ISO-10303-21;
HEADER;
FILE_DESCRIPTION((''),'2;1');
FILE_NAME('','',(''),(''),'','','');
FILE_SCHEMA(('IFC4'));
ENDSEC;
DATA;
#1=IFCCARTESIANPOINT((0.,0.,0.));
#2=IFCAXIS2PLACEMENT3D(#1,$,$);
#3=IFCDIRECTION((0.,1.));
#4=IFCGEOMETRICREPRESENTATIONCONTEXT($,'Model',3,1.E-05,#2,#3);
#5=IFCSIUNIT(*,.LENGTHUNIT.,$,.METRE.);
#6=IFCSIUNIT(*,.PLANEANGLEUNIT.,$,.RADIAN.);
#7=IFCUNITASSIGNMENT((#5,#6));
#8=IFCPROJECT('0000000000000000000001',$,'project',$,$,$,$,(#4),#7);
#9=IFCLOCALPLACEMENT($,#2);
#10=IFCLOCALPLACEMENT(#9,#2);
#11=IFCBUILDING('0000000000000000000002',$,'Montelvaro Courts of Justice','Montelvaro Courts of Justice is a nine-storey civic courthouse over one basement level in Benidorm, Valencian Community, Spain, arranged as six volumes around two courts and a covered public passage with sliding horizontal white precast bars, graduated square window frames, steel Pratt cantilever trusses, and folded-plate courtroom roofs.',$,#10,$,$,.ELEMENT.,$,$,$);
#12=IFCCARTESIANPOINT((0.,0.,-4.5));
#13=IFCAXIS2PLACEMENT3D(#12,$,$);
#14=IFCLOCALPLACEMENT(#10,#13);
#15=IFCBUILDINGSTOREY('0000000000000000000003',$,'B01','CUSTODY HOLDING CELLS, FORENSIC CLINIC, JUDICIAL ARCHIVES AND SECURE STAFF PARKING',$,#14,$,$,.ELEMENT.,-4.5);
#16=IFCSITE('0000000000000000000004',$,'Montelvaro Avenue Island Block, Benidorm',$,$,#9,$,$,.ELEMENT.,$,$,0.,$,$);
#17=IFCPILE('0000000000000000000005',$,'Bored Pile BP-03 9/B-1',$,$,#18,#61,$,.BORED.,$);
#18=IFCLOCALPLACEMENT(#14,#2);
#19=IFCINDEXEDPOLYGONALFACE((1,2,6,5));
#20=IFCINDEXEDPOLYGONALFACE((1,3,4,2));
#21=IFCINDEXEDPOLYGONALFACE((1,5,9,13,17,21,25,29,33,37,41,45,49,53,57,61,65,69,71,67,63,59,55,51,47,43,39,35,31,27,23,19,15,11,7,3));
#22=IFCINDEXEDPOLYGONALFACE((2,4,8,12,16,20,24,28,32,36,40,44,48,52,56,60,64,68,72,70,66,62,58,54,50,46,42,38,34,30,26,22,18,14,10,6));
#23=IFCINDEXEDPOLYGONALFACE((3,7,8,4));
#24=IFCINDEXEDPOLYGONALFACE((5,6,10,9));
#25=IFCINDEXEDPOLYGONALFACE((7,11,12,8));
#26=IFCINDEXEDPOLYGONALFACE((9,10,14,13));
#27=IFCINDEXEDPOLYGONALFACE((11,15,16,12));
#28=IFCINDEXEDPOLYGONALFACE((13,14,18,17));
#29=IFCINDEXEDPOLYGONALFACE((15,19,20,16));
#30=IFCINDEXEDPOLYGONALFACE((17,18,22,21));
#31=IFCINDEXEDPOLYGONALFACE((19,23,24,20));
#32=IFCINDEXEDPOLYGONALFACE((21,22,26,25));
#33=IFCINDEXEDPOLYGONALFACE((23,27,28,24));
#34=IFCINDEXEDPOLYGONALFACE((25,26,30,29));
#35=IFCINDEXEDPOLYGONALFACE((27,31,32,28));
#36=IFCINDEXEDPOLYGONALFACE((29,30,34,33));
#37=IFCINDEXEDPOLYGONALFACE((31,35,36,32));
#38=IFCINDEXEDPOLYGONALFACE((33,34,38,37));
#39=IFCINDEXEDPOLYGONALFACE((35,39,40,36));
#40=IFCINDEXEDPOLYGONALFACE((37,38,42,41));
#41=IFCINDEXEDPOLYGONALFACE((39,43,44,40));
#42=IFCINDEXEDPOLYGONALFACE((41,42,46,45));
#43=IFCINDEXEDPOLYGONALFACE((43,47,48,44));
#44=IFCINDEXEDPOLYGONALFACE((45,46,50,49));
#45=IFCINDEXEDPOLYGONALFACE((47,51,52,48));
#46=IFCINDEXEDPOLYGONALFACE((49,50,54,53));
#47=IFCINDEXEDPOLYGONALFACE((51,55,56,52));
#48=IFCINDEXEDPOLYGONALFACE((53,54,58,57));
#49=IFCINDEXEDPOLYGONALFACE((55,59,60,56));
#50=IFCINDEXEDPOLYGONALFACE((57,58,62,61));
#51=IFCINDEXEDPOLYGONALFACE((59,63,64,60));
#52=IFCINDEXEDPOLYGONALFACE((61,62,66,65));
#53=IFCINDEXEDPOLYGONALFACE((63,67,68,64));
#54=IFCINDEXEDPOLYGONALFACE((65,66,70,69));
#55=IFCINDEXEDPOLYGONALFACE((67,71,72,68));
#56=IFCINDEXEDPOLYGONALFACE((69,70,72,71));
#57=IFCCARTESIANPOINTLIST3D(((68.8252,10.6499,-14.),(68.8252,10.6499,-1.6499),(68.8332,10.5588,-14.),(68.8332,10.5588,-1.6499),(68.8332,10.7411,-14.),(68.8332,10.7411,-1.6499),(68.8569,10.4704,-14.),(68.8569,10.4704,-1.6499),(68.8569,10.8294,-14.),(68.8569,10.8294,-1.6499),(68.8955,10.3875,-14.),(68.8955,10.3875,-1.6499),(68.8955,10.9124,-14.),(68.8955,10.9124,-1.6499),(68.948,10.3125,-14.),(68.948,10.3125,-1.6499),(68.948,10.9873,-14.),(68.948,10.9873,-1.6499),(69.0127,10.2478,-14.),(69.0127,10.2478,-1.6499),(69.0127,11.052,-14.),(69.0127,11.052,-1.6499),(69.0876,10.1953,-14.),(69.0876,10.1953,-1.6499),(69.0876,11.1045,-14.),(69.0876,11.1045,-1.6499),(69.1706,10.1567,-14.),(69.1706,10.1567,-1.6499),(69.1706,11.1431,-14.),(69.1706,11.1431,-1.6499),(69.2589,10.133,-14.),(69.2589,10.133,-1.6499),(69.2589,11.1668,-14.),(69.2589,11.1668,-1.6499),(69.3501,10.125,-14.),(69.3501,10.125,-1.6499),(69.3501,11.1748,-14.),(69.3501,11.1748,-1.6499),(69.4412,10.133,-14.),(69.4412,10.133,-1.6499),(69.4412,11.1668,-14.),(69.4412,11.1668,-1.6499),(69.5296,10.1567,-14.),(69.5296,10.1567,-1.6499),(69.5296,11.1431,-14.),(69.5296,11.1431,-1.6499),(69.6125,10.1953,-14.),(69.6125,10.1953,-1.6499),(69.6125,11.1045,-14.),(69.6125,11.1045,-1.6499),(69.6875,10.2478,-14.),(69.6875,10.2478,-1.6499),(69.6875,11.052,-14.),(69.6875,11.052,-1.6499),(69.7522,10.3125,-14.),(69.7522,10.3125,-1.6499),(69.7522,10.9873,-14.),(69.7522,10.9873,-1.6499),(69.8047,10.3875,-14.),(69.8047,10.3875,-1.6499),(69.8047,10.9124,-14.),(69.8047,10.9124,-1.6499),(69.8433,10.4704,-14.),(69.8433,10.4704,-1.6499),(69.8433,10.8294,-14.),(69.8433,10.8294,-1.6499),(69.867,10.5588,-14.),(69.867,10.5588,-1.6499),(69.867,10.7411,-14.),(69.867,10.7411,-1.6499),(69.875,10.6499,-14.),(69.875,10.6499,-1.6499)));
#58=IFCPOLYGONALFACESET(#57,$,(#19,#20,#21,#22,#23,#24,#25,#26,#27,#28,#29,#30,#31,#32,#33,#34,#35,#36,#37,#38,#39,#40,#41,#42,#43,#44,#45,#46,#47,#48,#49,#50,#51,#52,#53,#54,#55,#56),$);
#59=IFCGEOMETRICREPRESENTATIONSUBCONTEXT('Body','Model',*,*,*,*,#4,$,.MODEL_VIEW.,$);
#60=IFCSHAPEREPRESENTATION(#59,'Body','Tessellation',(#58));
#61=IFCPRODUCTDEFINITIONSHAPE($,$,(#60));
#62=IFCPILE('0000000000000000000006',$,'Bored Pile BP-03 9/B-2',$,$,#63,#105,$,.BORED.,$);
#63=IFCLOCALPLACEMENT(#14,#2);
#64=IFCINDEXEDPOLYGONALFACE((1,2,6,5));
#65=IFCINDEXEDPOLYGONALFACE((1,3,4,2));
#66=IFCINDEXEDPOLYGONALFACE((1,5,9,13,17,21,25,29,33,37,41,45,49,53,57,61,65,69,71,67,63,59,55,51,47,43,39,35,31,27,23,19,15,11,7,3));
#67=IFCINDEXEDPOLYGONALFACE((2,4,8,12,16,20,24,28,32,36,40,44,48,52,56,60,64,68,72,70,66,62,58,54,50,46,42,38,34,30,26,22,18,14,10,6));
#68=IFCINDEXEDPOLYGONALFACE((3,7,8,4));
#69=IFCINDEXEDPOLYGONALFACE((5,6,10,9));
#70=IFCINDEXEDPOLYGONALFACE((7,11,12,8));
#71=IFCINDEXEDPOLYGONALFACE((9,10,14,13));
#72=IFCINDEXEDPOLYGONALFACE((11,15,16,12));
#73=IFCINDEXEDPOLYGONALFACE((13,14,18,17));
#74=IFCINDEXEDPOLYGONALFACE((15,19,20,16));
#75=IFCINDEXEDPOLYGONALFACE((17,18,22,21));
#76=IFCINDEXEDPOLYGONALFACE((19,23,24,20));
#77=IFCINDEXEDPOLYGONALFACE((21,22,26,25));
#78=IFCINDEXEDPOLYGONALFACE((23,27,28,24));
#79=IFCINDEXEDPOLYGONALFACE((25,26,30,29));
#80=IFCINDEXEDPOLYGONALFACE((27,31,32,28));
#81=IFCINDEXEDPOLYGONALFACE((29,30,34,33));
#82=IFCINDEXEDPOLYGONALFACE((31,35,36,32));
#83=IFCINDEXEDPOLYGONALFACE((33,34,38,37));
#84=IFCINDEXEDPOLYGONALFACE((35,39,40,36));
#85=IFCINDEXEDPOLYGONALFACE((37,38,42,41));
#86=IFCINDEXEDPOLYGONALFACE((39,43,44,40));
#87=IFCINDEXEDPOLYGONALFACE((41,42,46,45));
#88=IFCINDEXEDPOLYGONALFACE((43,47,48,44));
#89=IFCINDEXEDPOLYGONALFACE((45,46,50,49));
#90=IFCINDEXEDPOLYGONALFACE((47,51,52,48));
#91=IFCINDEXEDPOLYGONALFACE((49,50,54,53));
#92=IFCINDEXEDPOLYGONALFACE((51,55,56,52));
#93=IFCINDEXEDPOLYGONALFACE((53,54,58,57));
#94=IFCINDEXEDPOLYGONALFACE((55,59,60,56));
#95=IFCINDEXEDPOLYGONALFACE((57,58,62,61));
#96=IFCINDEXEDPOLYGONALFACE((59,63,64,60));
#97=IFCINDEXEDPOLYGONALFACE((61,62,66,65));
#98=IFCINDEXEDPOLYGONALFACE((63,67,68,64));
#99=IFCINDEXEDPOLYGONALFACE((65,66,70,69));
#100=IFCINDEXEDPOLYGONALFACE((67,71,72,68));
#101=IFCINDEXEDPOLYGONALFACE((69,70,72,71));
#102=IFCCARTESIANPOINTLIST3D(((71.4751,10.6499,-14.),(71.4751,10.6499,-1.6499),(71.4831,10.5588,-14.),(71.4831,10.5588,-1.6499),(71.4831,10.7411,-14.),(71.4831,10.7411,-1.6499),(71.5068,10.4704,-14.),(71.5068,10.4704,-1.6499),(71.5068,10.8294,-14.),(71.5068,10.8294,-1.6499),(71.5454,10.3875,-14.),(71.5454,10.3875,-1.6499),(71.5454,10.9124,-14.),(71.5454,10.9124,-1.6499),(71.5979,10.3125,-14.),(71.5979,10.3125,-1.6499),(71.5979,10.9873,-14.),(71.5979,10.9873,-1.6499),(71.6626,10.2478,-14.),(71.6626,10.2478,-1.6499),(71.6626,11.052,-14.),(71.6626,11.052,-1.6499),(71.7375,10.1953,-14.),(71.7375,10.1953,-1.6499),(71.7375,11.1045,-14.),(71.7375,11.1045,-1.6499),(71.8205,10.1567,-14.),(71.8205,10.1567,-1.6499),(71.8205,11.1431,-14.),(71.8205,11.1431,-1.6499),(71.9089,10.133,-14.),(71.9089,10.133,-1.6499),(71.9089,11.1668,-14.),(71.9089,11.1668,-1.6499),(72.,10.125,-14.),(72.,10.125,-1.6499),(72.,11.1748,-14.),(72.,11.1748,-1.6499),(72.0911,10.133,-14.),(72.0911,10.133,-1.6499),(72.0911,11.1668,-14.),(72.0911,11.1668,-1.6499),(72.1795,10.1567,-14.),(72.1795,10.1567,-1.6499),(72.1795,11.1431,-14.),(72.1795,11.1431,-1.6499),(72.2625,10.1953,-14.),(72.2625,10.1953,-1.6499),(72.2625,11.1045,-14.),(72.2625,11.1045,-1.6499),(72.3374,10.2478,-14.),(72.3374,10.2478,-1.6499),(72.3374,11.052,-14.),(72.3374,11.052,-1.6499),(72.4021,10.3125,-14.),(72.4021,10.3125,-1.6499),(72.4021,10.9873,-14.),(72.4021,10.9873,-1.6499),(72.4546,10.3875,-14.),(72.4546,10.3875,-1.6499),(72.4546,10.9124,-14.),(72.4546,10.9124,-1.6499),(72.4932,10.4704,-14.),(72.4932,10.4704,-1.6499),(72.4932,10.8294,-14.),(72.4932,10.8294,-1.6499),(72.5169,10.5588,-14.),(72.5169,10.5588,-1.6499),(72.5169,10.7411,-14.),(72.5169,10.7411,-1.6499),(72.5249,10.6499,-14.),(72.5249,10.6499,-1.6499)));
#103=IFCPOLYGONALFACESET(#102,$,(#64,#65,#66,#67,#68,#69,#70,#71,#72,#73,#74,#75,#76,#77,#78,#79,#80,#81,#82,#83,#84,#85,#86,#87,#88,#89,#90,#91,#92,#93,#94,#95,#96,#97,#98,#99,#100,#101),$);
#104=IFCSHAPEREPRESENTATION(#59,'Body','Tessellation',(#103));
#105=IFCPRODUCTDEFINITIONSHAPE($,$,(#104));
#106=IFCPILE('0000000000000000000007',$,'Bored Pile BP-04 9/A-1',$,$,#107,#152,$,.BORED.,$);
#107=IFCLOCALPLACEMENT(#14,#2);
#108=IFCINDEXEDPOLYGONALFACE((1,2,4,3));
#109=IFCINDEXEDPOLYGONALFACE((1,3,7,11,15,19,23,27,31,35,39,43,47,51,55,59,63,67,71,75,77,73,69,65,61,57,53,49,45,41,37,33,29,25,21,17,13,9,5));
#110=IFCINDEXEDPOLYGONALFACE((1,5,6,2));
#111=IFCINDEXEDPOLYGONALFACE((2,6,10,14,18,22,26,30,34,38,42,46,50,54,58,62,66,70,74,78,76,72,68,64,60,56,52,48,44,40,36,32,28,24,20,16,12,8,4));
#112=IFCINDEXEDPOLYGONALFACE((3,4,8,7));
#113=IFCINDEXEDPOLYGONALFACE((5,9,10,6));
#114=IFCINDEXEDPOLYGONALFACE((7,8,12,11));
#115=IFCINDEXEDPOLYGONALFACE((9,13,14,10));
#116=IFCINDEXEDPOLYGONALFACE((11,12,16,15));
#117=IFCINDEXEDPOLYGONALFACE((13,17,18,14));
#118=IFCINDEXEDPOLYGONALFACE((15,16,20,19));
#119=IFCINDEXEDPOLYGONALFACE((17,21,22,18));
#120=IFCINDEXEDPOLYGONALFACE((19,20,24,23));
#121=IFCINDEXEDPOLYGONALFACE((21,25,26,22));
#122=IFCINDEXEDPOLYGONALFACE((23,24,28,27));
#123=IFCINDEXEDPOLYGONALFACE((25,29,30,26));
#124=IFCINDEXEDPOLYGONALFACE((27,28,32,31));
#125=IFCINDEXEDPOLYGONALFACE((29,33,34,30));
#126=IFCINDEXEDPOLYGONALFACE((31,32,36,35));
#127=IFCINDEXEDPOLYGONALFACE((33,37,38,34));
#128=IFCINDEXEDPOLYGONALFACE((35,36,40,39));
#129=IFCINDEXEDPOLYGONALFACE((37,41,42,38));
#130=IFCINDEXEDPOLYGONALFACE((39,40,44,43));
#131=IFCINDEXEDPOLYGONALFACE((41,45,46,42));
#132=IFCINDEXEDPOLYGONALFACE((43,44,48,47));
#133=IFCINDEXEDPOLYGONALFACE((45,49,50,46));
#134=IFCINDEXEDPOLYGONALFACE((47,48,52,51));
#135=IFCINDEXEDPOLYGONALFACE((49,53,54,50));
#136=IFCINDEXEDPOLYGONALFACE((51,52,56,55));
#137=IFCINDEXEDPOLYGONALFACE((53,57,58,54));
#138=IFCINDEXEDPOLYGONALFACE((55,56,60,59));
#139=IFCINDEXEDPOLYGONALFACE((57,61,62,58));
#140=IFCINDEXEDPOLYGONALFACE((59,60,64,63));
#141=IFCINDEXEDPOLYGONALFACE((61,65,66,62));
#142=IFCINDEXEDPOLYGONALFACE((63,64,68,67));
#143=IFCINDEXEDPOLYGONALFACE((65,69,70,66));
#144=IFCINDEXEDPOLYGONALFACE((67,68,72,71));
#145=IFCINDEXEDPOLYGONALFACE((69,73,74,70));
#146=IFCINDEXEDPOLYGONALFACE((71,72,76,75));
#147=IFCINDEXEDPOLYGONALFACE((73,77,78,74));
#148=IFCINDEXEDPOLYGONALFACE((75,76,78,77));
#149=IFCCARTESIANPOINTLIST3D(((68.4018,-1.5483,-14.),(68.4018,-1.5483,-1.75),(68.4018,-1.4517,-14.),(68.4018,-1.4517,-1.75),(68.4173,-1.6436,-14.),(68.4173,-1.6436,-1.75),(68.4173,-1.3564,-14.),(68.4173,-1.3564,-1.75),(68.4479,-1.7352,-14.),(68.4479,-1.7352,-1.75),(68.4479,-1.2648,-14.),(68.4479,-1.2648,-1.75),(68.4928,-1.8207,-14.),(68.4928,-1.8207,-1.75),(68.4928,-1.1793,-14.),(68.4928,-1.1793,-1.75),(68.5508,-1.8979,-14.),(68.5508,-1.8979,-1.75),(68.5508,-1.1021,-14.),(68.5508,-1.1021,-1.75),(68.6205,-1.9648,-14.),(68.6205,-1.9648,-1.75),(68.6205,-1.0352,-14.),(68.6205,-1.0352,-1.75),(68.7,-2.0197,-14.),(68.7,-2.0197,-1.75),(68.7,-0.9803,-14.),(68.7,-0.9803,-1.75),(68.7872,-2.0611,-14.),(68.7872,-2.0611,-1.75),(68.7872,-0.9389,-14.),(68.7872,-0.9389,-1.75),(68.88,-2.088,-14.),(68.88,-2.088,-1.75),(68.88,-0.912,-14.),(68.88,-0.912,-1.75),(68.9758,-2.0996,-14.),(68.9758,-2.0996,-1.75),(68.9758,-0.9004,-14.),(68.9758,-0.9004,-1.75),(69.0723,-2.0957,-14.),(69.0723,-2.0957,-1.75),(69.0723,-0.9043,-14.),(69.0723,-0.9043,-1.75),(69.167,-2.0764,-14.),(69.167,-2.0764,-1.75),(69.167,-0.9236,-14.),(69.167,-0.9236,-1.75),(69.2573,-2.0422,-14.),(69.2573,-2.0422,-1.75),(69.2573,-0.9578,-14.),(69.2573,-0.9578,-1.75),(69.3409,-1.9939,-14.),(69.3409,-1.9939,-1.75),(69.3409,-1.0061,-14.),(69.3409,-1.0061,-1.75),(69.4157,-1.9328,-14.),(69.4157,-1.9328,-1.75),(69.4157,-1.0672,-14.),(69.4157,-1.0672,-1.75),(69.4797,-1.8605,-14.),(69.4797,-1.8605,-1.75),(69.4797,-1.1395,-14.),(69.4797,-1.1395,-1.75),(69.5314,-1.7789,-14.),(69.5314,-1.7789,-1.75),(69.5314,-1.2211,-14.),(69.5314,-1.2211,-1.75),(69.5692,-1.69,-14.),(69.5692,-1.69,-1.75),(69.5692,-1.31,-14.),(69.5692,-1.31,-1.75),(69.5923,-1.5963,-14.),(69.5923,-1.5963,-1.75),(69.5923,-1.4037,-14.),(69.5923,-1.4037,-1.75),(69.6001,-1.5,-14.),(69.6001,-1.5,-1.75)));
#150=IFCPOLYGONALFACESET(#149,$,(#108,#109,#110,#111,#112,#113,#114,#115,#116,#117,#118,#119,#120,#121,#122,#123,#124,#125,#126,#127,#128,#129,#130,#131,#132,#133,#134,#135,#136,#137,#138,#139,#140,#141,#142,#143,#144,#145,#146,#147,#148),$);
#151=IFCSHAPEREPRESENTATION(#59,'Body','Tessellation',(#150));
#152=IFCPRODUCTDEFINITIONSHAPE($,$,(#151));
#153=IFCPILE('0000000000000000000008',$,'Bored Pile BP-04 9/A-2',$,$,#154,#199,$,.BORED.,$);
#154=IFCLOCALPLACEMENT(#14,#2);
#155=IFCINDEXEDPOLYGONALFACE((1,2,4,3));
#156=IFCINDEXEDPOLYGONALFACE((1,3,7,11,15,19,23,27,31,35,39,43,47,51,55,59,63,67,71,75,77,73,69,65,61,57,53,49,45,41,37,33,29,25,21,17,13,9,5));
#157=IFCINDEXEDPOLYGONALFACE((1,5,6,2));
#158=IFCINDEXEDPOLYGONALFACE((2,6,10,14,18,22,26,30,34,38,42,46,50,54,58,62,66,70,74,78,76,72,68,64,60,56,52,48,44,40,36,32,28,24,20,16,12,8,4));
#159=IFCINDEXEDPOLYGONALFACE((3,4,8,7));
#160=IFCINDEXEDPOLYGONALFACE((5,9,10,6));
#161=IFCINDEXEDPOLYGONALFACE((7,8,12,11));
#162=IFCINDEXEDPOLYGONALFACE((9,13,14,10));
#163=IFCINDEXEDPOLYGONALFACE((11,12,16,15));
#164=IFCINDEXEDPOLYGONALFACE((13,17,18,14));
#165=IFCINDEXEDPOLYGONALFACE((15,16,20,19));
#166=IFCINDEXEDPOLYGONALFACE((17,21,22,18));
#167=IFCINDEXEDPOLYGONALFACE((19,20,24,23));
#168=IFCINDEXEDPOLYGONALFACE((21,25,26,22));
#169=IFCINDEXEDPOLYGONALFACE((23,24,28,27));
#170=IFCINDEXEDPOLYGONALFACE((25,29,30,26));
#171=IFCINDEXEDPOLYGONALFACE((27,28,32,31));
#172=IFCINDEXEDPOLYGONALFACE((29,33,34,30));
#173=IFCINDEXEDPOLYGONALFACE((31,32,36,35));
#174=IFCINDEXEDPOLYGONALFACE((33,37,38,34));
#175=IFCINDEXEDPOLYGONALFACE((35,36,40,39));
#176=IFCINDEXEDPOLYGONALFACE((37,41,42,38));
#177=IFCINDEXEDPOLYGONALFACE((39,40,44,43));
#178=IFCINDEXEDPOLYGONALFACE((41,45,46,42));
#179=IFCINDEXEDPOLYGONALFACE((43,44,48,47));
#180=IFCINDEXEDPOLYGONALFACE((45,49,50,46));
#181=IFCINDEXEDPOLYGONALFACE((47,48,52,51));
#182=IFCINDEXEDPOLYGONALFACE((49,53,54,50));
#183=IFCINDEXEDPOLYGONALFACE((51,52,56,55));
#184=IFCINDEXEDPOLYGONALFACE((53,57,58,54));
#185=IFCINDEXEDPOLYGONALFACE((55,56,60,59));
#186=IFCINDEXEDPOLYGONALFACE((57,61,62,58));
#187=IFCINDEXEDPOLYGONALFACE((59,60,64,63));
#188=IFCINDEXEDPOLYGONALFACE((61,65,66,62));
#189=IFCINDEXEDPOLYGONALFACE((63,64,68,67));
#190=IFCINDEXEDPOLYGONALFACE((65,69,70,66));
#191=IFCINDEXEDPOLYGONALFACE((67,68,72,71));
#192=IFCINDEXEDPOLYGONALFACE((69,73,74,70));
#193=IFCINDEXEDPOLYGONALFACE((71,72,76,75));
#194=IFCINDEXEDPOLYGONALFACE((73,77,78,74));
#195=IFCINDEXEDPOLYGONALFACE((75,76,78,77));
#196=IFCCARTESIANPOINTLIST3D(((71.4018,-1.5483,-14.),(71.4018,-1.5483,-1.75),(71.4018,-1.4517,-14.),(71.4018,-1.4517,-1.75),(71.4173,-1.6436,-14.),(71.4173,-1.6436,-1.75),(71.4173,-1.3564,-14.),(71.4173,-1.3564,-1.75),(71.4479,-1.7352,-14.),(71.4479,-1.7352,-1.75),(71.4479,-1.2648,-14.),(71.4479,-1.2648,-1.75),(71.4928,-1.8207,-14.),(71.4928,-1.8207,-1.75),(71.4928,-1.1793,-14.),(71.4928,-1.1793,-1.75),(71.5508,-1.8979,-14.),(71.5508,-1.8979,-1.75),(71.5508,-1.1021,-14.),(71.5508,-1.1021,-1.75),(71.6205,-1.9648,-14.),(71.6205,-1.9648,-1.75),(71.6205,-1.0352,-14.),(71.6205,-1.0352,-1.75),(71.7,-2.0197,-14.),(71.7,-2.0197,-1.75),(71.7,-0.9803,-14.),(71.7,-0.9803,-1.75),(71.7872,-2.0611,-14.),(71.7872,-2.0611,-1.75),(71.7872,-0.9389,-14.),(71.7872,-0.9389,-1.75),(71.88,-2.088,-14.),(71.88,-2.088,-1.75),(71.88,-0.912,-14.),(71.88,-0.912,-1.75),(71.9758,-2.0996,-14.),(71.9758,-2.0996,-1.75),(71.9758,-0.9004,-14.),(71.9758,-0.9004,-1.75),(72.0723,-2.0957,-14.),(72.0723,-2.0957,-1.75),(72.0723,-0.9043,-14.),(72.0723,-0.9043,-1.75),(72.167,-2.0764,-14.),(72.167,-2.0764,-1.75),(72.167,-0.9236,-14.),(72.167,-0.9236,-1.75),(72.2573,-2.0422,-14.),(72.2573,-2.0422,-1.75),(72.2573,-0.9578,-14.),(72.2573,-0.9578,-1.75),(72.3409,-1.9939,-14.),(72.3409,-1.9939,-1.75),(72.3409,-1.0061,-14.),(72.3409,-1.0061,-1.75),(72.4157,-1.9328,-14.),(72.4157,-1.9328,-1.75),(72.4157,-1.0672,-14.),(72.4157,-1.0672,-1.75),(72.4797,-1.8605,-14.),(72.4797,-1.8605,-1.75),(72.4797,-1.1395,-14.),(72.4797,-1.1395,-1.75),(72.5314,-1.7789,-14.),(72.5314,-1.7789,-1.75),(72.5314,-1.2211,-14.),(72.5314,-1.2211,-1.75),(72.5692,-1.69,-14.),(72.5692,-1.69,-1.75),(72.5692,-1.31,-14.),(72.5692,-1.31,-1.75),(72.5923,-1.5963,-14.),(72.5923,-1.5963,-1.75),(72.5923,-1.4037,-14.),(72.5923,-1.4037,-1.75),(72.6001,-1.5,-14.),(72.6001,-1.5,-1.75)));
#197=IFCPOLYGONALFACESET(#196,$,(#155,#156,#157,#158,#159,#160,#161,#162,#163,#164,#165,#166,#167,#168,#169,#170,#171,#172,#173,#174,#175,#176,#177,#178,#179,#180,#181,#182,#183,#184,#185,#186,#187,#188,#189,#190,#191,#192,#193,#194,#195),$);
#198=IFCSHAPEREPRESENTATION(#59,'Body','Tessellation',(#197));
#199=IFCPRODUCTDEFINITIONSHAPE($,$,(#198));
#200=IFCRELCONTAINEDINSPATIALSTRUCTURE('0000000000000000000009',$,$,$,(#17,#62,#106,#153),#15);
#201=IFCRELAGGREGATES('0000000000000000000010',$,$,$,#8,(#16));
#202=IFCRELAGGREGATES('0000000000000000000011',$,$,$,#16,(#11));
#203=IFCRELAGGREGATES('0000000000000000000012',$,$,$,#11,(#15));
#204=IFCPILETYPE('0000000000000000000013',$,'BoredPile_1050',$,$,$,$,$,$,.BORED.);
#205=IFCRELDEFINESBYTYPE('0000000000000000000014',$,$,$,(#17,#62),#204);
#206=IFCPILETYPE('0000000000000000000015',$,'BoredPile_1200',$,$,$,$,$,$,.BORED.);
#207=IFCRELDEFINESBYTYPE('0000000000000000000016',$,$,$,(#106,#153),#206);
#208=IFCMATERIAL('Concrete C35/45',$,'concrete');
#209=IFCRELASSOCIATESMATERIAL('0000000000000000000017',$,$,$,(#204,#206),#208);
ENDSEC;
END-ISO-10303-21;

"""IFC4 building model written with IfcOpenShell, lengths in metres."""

from ifc_helpers import new_model, si_unit, direction, frame, origin, origin_2d, place, context, subcontext, project, spatial, circle, extrude, material, material_profile, profile_set, type_object, element, save


model = new_model("IFC4")

# Units and contexts
model_context = context("Model", 3, precision=1e-05, world=origin(), true_north=direction((0.0, 1.0)))
body_context = subcontext(model_context, "Body", "Model", "MODEL_VIEW")
ifc_project = project(units=[si_unit("LENGTHUNIT", "METRE"), si_unit("PLANEANGLEUNIT", "RADIAN")], contexts=[model_context])

# Site, building, storey
site_placement = place(None, origin())
site = spatial("IfcSite", under=ifc_project, at=site_placement, Name="Montelvaro Avenue Island Block, Benidorm", CompositionType="ELEMENT", RefElevation=0.0)
building_placement = place(site_placement, origin())
building = spatial("IfcBuilding", under=site, at=building_placement, Name="Montelvaro Courts of Justice", Description="Montelvaro Courts of Justice is a nine-storey civic courthouse over one basement level in Benidorm, Valencian Community, Spain, arranged as six volumes around two courts and a covered public passage with sliding horizontal white precast bars, graduated square window frames, steel Pratt cantilever trusses, and folded-plate courtroom roofs.", CompositionType="ELEMENT")
storey_placement = place(building_placement, frame((0.0, 0.0, -4.5)))
storey = spatial("IfcBuildingStorey", under=building, at=storey_placement, Name="B01", Description="CUSTODY HOLDING CELLS, FORENSIC CLINIC, JUDICIAL ARCHIVES AND SECURE STAFF PARKING", CompositionType="ELEMENT", Elevation=-4.5)

# Piles
ifc_material_1 = material(Name="Concrete C35/45", Category="concrete")
ifc_material_profile_1 = material_profile(ifc_material_1, circle(Radius=0.5249, at=origin_2d()), Name="BORED PILE D1050")
ifc_profile_set_1 = profile_set([ifc_material_profile_1], Name="Concrete C35/45")
pile_type_1 = type_object("IfcPileType", Name="BoredPile_1050", PredefinedType="BORED", material=ifc_profile_set_1)
for number, where, z_axis, x_axis, name in (
    (1, (69.3501, 10.6499, -1.6499), (0.0, 0.0, -1.0), (1.0, 0.0, 0.0), "Bored Pile BP-03 9/B-1"),
    (2, (72.0, 10.6499, -1.6499), (0.0, 0.0, -1.0), (1.0, 0.0, 0.0), "Bored Pile BP-03 9/B-2"),
):
    element("IfcPile", number, at=place(storey_placement, frame(where, z_axis=z_axis, x_axis=x_axis)), inside=storey, type_object=pile_type_1, Name=name, PredefinedType="BORED", context=body_context, shape_type="SweptSolid", body=[
        extrude(circle(Radius=0.5249, at=origin_2d()), origin(), (0.0, 0.0, 1.0), 12.3501),
    ])
ifc_material_profile_2 = material_profile(ifc_material_1, circle(Radius=0.6001, at=origin_2d()), Name="BORED PILE D1200")
ifc_profile_set_2 = profile_set([ifc_material_profile_2], Name="Concrete C35/45")
pile_type_2 = type_object("IfcPileType", Name="BoredPile_1200", PredefinedType="BORED", material=ifc_profile_set_2)
for number, where, z_axis, x_axis, name in (
    (3, (69.0, -1.5, -1.75), (0.0, 0.0, -1.0), (1.0, 0.0, 0.0), "Bored Pile BP-04 9/A-1"),
    (4, (72.0, -1.5, -1.75), (0.0, 0.0, -1.0), (1.0, 0.0, 0.0), "Bored Pile BP-04 9/A-2"),
):
    element("IfcPile", number, at=place(storey_placement, frame(where, z_axis=z_axis, x_axis=x_axis)), inside=storey, type_object=pile_type_2, Name=name, PredefinedType="BORED", context=body_context, shape_type="SweptSolid", body=[
        extrude(circle(Radius=0.6001, at=origin_2d()), origin(), (0.0, 0.0, 1.0), 12.25),
    ])

save(model, "model.ifc")
